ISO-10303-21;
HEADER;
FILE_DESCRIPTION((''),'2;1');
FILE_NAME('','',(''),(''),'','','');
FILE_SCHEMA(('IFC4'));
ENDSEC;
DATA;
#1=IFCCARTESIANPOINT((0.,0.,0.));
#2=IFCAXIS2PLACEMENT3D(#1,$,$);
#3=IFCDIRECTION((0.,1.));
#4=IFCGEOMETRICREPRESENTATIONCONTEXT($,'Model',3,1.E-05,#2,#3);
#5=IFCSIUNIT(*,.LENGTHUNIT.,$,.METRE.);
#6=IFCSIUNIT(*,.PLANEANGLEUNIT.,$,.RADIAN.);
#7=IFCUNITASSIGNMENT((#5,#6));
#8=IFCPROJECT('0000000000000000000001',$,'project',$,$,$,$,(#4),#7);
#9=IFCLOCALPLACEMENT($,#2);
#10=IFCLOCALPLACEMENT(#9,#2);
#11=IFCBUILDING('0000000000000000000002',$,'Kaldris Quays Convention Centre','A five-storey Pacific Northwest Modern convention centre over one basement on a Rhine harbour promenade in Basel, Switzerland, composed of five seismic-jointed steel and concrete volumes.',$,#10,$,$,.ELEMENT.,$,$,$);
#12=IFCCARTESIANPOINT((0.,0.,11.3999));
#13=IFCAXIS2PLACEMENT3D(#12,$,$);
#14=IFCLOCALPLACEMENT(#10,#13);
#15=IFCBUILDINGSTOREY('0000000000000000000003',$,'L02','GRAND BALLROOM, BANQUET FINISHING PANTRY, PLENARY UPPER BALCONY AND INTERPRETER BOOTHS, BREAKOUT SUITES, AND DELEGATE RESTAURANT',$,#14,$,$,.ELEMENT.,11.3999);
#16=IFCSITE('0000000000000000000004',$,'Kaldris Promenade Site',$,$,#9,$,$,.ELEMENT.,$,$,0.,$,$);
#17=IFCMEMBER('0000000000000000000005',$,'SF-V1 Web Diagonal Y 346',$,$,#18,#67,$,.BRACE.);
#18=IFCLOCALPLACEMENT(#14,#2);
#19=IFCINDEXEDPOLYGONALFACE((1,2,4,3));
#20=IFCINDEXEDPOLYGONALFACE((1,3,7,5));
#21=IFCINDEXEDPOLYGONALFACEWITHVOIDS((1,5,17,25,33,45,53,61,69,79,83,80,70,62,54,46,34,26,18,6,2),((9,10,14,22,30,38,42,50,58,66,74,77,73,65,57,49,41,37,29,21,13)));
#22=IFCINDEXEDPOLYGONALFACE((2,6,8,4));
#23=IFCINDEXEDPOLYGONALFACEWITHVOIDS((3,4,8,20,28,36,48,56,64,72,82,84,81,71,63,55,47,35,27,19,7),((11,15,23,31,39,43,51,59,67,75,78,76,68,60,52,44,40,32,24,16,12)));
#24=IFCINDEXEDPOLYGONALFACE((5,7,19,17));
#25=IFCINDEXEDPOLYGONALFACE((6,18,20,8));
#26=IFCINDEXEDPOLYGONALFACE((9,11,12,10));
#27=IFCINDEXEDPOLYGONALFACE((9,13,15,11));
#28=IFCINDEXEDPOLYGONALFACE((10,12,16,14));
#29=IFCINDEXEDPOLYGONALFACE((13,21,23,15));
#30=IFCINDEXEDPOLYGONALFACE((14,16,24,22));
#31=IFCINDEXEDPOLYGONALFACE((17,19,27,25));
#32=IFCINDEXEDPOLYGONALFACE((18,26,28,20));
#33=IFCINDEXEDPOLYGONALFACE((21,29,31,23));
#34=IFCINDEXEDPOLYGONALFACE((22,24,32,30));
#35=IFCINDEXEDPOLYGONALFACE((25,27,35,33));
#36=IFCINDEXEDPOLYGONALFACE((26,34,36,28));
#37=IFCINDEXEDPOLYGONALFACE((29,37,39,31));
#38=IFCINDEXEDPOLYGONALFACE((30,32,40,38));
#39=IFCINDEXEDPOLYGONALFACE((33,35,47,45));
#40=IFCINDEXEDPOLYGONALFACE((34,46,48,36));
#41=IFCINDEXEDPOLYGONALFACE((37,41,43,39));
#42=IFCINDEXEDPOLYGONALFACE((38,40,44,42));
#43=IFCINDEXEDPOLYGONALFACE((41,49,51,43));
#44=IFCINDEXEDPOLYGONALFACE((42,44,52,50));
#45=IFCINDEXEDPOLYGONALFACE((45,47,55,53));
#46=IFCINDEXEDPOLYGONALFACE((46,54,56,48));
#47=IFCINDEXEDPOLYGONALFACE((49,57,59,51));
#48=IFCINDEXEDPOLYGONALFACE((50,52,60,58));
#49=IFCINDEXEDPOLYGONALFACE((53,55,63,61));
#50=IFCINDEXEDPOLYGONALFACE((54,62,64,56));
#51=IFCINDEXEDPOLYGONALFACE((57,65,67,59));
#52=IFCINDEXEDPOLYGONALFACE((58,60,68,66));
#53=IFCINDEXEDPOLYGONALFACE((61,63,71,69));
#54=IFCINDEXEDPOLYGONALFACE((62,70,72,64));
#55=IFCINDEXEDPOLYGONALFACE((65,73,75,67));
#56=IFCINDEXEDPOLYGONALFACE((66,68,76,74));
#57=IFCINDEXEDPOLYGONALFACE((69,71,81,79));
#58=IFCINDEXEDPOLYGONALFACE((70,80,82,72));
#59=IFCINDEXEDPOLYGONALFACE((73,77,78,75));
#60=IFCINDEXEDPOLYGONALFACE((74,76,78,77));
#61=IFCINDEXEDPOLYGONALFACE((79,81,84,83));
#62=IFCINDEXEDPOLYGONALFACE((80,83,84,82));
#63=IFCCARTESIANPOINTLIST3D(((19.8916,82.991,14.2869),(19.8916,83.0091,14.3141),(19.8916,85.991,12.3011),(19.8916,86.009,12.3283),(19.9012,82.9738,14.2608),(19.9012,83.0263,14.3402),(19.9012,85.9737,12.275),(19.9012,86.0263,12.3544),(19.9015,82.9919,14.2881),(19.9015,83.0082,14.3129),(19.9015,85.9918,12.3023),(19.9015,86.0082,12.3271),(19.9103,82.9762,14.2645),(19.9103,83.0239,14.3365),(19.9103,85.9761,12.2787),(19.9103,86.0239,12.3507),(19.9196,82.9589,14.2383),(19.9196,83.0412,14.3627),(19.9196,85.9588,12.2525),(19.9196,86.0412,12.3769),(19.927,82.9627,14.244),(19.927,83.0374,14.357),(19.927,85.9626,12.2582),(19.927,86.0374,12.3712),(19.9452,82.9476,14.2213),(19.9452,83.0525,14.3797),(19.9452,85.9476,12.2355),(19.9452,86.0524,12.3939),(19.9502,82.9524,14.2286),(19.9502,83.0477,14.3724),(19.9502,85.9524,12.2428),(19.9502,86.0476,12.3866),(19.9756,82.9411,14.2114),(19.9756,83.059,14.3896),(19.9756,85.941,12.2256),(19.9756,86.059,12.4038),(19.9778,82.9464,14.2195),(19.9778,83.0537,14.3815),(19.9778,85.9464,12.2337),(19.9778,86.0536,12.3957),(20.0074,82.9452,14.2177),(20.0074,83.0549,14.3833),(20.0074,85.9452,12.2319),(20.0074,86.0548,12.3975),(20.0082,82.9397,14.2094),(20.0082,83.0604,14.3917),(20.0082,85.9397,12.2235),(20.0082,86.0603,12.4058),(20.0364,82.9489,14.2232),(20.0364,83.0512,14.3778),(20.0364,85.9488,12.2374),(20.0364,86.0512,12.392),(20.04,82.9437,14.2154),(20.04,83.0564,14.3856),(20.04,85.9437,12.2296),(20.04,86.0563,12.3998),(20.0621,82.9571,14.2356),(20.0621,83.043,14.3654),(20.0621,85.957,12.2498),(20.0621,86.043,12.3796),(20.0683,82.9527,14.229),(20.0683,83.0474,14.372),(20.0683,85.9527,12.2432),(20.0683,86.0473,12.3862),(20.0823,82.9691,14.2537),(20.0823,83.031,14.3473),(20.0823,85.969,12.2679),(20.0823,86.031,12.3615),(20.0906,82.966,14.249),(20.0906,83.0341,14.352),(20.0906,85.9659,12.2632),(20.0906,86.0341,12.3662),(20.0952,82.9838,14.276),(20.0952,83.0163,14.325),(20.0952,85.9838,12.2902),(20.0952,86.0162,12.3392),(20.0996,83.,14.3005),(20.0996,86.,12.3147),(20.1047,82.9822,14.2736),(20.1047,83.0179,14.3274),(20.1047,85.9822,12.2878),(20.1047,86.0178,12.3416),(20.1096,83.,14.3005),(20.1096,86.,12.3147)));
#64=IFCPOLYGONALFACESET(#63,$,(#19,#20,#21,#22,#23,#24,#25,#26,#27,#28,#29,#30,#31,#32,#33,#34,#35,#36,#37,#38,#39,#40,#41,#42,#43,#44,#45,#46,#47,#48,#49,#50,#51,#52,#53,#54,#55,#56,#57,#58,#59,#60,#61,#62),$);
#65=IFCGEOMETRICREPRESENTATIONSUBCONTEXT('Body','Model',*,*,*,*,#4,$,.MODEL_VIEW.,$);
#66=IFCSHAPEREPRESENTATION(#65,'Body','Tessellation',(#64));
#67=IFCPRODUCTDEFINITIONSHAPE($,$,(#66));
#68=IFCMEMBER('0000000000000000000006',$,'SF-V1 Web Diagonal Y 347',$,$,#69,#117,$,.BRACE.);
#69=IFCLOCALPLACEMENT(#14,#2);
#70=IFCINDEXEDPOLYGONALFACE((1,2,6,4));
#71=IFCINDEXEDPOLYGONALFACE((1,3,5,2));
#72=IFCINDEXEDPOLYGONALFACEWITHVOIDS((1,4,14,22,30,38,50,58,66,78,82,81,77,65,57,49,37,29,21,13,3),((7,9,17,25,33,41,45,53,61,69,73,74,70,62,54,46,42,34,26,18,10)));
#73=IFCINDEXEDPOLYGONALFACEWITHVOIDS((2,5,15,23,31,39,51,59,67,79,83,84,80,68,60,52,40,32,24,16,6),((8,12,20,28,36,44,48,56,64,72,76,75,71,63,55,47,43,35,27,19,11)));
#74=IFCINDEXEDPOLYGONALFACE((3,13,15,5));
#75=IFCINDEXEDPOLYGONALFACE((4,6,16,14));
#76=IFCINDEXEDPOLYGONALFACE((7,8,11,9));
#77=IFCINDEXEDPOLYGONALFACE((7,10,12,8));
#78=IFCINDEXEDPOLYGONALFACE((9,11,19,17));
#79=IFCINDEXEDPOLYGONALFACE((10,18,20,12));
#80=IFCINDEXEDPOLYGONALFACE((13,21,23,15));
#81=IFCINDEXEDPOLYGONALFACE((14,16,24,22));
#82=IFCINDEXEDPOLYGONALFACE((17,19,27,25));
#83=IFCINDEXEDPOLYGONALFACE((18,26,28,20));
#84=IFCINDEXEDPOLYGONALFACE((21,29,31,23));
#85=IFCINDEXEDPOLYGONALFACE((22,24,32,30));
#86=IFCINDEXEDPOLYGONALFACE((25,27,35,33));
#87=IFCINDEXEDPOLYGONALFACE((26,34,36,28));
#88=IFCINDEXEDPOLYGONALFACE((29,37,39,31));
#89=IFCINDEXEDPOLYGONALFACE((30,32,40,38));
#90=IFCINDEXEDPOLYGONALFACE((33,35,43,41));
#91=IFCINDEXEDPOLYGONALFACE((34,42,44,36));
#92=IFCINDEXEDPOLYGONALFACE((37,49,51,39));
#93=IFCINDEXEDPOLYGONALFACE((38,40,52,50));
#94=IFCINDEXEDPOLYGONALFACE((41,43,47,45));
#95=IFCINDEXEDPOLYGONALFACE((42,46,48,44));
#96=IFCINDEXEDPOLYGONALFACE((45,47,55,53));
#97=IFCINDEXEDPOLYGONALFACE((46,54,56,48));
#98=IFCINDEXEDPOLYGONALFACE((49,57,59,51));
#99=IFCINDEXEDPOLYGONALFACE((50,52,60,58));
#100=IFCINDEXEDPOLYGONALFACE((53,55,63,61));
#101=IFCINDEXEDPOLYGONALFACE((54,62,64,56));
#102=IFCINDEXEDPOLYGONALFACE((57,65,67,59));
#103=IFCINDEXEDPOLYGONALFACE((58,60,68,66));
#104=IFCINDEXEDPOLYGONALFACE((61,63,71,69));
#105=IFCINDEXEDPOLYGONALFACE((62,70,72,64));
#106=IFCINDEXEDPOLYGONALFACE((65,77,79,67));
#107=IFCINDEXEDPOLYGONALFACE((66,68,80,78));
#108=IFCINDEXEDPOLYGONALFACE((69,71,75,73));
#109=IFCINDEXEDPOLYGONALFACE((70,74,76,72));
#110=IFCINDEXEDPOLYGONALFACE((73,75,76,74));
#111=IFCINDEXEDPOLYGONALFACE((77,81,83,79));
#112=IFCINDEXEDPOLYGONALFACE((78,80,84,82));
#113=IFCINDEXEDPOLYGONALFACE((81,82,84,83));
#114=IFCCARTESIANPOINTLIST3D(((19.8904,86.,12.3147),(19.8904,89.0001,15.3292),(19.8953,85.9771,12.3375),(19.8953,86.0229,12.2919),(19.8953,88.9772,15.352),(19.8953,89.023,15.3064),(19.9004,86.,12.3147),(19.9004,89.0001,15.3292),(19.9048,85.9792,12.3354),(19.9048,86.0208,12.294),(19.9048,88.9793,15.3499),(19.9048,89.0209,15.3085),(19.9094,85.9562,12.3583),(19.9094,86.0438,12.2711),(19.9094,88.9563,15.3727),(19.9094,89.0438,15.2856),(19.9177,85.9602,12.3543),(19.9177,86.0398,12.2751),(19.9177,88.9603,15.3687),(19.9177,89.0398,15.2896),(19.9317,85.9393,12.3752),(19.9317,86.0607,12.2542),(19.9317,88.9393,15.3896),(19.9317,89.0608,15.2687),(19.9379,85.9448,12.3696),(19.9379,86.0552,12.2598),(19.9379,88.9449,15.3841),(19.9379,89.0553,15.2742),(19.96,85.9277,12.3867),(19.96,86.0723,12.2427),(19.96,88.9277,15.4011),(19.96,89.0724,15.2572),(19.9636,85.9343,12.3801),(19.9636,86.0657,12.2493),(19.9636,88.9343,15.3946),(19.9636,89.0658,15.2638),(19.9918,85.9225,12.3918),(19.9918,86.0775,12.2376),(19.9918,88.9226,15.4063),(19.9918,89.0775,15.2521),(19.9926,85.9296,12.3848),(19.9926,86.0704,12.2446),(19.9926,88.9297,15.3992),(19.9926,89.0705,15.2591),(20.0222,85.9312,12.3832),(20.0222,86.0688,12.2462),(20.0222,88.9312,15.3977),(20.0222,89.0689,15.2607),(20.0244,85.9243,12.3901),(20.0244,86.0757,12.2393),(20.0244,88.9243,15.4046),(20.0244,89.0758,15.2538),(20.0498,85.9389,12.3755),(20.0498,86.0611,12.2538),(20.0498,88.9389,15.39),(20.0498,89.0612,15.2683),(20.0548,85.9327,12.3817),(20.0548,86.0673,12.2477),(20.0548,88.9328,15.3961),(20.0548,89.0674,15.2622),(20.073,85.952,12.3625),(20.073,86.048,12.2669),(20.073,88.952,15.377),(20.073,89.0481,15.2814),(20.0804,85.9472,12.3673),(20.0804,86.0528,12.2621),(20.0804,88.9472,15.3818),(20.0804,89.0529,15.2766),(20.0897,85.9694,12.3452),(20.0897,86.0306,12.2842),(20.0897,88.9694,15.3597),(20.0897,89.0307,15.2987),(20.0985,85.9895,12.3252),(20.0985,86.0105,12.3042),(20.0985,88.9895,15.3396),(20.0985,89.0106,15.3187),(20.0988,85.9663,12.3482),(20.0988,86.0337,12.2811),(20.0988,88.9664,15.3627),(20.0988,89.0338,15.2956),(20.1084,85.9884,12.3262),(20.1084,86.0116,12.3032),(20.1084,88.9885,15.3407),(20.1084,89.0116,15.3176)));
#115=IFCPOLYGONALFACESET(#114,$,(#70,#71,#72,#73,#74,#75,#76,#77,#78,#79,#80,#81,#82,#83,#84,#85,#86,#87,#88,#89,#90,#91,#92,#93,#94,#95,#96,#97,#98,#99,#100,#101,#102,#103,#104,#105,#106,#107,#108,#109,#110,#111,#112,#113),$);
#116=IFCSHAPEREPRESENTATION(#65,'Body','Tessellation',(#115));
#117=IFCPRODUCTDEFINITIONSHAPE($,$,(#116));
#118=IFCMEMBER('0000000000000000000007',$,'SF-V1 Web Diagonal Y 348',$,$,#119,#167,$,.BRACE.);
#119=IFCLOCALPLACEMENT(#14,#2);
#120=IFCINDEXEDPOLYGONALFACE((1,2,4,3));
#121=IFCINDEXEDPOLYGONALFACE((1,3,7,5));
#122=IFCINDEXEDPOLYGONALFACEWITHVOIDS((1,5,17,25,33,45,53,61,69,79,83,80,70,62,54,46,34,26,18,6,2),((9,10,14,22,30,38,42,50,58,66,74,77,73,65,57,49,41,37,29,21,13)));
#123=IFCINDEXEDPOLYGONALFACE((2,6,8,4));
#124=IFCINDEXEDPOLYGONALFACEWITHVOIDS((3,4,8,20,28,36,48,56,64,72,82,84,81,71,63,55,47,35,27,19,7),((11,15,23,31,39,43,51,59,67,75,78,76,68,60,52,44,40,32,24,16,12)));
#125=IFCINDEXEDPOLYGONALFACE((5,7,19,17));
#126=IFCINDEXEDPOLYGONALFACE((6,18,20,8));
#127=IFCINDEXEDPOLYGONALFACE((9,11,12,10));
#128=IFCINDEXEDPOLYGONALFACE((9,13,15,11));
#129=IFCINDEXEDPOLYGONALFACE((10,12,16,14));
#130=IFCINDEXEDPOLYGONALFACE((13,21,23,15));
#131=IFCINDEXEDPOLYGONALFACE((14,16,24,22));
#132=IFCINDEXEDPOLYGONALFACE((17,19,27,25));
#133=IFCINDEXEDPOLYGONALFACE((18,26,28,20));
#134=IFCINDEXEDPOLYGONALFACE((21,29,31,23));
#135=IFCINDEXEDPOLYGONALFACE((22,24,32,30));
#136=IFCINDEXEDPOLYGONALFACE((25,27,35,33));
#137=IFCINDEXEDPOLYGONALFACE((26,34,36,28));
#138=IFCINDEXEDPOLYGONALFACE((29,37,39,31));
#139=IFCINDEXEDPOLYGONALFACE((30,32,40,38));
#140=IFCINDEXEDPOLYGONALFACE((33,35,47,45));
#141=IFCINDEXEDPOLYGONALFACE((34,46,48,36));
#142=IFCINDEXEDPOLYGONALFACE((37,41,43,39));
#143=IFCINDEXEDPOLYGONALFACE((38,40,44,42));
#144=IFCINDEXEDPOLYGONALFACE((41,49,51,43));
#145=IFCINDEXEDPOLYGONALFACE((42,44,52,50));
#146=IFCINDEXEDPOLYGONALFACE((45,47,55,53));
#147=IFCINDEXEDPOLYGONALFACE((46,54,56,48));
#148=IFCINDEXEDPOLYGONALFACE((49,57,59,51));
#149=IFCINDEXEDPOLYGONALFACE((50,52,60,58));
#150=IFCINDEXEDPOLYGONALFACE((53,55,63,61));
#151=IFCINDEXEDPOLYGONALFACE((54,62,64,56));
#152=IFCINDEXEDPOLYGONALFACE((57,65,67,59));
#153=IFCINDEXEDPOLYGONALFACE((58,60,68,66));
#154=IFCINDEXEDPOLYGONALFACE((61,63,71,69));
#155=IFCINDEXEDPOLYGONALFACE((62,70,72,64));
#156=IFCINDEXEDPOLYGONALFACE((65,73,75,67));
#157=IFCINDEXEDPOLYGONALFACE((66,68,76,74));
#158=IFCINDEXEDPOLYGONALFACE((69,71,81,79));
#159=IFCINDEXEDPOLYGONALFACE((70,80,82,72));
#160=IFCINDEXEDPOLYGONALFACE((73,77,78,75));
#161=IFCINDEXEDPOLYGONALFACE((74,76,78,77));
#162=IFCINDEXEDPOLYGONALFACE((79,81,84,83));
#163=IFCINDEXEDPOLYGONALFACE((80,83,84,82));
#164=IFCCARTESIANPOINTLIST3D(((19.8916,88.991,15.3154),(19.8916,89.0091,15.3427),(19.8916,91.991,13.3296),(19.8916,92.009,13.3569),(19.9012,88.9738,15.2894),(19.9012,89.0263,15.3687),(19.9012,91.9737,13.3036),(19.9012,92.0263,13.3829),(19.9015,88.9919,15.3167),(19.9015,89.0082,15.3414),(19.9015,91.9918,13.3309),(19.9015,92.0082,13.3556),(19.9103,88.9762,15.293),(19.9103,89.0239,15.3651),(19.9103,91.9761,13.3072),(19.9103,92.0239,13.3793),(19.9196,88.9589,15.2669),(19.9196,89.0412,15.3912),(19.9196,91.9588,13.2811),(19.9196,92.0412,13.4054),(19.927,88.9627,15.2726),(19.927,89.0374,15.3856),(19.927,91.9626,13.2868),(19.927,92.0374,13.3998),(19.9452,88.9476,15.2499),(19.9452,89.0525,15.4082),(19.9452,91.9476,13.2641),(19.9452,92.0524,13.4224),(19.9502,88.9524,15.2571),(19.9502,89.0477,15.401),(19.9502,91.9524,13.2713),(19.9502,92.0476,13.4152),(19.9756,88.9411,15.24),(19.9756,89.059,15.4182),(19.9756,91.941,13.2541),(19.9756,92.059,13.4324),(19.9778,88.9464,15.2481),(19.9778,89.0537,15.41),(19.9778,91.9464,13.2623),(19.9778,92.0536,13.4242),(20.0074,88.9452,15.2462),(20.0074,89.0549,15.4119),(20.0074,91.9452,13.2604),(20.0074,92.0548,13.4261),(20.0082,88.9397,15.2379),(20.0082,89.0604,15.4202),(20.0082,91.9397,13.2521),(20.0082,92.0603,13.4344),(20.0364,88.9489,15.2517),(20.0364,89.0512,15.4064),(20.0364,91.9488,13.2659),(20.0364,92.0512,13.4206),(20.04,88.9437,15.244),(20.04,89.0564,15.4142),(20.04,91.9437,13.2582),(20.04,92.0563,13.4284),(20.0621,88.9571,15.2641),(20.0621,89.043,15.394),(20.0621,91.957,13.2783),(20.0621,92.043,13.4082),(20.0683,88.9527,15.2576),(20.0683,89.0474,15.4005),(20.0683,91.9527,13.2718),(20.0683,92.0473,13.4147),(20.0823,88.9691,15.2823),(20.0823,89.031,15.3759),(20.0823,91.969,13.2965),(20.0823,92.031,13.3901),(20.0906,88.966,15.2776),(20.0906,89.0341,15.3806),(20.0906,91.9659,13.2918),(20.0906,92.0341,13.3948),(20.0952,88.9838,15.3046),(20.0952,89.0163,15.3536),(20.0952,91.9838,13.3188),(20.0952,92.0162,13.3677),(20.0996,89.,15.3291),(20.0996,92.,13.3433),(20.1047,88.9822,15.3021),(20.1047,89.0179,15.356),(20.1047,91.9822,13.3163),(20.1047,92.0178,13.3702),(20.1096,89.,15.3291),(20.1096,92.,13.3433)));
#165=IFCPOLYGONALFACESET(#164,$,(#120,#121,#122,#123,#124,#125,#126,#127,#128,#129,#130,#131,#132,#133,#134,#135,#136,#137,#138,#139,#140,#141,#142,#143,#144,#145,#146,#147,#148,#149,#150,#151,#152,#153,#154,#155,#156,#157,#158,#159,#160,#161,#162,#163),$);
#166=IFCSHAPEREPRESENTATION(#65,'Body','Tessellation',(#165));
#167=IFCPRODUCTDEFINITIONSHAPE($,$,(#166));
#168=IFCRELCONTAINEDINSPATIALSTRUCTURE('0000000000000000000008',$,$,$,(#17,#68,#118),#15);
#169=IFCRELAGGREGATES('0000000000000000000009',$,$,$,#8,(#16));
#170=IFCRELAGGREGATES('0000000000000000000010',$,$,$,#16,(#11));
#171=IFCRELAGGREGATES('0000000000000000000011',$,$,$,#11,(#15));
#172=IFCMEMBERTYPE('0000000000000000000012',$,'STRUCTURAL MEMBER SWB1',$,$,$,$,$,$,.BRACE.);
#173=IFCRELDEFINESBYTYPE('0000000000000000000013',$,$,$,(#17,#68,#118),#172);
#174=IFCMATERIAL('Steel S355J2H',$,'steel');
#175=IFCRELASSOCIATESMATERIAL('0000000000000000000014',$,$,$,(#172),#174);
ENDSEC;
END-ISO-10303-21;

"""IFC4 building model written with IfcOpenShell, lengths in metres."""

from ifc_helpers import new_model, si_unit, direction, frame, origin, origin_2d, place, context, subcontext, project, spatial, hollow_circle, extrude, material, material_profile, profile_set, type_object, element, save


model = new_model("IFC4")

# Units and contexts
model_context = context("Model", 3, precision=1e-05, world=origin(), true_north=direction((0.0, 1.0)))
body_context = subcontext(model_context, "Body", "Model", "MODEL_VIEW")
ifc_project = project(units=[si_unit("LENGTHUNIT", "METRE"), si_unit("PLANEANGLEUNIT", "RADIAN")], contexts=[model_context])

# Site, building, storey
site_placement = place(None, origin())
site = spatial("IfcSite", under=ifc_project, at=site_placement, Name="Kaldris Promenade Site", CompositionType="ELEMENT", RefElevation=0.0)
building_placement = place(site_placement, origin())
building = spatial("IfcBuilding", under=site, at=building_placement, Name="Kaldris Quays Convention Centre", Description="A five-storey Pacific Northwest Modern convention centre over one basement on a Rhine harbour promenade in Basel, Switzerland, composed of five seismic-jointed steel and concrete volumes.", CompositionType="ELEMENT")
storey_placement = place(building_placement, frame((0.0, 0.0, 11.3999)))
storey = spatial("IfcBuildingStorey", under=building, at=storey_placement, Name="L02", Description="GRAND BALLROOM, BANQUET FINISHING PANTRY, PLENARY UPPER BALCONY AND INTERPRETER BOOTHS, BREAKOUT SUITES, AND DELEGATE RESTAURANT", CompositionType="ELEMENT", Elevation=11.3999)

# Members
ifc_material_1 = material(Name="Steel S355J2H", Category="steel")
ifc_material_profile_1 = material_profile(ifc_material_1, hollow_circle(Radius=0.1096, WallThickness=0.01, at=origin_2d()), Name="CHS 219.1x10")
ifc_profile_set_1 = profile_set([ifc_material_profile_1], Name="Steel S355J2H")
member_type_1 = type_object("IfcMemberType", Name="STRUCTURAL MEMBER SWB1", PredefinedType="BRACE", material=ifc_profile_set_1)
member_1_placement = place(storey_placement, frame((20.0, 86.0, 12.3147), z_axis=(0.0, -0.833862, 0.551972), x_axis=(1.0, 0.0, 0.0)))
element("IfcMember", 1, at=member_1_placement, inside=storey, type_object=member_type_1, Name="SF-V1 Web Diagonal Y 346", PredefinedType="BRACE", context=body_context, shape_type="SweptSolid", body=[
    extrude(hollow_circle(Radius=0.1096, WallThickness=0.01, at=origin_2d()), origin(), (0.0, 0.0, 1.0), 3.5977),
])
member_2_placement = place(storey_placement, frame((20.0, 86.0, 12.3147), z_axis=(0.0, 0.705411, 0.708798), x_axis=(-1.0, 0.0, 0.0)))
element("IfcMember", 2, at=member_2_placement, inside=storey, type_object=member_type_1, Name="SF-V1 Web Diagonal Y 347", PredefinedType="BRACE", context=body_context, shape_type="SweptSolid", body=[
    extrude(hollow_circle(Radius=0.1096, WallThickness=0.01, at=origin_2d()), origin(), (0.0, 0.0, 1.0), 4.2529),
])
member_3_placement = place(storey_placement, frame((20.0, 92.0, 13.3433), z_axis=(0.0, -0.833862, 0.551972), x_axis=(1.0, 0.0, 0.0)))
element("IfcMember", 3, at=member_3_placement, inside=storey, type_object=member_type_1, Name="SF-V1 Web Diagonal Y 348", PredefinedType="BRACE", context=body_context, shape_type="SweptSolid", body=[
    extrude(hollow_circle(Radius=0.1096, WallThickness=0.01, at=origin_2d()), origin(), (0.0, 0.0, 1.0), 3.5977),
])

save(model, "model.ifc")
